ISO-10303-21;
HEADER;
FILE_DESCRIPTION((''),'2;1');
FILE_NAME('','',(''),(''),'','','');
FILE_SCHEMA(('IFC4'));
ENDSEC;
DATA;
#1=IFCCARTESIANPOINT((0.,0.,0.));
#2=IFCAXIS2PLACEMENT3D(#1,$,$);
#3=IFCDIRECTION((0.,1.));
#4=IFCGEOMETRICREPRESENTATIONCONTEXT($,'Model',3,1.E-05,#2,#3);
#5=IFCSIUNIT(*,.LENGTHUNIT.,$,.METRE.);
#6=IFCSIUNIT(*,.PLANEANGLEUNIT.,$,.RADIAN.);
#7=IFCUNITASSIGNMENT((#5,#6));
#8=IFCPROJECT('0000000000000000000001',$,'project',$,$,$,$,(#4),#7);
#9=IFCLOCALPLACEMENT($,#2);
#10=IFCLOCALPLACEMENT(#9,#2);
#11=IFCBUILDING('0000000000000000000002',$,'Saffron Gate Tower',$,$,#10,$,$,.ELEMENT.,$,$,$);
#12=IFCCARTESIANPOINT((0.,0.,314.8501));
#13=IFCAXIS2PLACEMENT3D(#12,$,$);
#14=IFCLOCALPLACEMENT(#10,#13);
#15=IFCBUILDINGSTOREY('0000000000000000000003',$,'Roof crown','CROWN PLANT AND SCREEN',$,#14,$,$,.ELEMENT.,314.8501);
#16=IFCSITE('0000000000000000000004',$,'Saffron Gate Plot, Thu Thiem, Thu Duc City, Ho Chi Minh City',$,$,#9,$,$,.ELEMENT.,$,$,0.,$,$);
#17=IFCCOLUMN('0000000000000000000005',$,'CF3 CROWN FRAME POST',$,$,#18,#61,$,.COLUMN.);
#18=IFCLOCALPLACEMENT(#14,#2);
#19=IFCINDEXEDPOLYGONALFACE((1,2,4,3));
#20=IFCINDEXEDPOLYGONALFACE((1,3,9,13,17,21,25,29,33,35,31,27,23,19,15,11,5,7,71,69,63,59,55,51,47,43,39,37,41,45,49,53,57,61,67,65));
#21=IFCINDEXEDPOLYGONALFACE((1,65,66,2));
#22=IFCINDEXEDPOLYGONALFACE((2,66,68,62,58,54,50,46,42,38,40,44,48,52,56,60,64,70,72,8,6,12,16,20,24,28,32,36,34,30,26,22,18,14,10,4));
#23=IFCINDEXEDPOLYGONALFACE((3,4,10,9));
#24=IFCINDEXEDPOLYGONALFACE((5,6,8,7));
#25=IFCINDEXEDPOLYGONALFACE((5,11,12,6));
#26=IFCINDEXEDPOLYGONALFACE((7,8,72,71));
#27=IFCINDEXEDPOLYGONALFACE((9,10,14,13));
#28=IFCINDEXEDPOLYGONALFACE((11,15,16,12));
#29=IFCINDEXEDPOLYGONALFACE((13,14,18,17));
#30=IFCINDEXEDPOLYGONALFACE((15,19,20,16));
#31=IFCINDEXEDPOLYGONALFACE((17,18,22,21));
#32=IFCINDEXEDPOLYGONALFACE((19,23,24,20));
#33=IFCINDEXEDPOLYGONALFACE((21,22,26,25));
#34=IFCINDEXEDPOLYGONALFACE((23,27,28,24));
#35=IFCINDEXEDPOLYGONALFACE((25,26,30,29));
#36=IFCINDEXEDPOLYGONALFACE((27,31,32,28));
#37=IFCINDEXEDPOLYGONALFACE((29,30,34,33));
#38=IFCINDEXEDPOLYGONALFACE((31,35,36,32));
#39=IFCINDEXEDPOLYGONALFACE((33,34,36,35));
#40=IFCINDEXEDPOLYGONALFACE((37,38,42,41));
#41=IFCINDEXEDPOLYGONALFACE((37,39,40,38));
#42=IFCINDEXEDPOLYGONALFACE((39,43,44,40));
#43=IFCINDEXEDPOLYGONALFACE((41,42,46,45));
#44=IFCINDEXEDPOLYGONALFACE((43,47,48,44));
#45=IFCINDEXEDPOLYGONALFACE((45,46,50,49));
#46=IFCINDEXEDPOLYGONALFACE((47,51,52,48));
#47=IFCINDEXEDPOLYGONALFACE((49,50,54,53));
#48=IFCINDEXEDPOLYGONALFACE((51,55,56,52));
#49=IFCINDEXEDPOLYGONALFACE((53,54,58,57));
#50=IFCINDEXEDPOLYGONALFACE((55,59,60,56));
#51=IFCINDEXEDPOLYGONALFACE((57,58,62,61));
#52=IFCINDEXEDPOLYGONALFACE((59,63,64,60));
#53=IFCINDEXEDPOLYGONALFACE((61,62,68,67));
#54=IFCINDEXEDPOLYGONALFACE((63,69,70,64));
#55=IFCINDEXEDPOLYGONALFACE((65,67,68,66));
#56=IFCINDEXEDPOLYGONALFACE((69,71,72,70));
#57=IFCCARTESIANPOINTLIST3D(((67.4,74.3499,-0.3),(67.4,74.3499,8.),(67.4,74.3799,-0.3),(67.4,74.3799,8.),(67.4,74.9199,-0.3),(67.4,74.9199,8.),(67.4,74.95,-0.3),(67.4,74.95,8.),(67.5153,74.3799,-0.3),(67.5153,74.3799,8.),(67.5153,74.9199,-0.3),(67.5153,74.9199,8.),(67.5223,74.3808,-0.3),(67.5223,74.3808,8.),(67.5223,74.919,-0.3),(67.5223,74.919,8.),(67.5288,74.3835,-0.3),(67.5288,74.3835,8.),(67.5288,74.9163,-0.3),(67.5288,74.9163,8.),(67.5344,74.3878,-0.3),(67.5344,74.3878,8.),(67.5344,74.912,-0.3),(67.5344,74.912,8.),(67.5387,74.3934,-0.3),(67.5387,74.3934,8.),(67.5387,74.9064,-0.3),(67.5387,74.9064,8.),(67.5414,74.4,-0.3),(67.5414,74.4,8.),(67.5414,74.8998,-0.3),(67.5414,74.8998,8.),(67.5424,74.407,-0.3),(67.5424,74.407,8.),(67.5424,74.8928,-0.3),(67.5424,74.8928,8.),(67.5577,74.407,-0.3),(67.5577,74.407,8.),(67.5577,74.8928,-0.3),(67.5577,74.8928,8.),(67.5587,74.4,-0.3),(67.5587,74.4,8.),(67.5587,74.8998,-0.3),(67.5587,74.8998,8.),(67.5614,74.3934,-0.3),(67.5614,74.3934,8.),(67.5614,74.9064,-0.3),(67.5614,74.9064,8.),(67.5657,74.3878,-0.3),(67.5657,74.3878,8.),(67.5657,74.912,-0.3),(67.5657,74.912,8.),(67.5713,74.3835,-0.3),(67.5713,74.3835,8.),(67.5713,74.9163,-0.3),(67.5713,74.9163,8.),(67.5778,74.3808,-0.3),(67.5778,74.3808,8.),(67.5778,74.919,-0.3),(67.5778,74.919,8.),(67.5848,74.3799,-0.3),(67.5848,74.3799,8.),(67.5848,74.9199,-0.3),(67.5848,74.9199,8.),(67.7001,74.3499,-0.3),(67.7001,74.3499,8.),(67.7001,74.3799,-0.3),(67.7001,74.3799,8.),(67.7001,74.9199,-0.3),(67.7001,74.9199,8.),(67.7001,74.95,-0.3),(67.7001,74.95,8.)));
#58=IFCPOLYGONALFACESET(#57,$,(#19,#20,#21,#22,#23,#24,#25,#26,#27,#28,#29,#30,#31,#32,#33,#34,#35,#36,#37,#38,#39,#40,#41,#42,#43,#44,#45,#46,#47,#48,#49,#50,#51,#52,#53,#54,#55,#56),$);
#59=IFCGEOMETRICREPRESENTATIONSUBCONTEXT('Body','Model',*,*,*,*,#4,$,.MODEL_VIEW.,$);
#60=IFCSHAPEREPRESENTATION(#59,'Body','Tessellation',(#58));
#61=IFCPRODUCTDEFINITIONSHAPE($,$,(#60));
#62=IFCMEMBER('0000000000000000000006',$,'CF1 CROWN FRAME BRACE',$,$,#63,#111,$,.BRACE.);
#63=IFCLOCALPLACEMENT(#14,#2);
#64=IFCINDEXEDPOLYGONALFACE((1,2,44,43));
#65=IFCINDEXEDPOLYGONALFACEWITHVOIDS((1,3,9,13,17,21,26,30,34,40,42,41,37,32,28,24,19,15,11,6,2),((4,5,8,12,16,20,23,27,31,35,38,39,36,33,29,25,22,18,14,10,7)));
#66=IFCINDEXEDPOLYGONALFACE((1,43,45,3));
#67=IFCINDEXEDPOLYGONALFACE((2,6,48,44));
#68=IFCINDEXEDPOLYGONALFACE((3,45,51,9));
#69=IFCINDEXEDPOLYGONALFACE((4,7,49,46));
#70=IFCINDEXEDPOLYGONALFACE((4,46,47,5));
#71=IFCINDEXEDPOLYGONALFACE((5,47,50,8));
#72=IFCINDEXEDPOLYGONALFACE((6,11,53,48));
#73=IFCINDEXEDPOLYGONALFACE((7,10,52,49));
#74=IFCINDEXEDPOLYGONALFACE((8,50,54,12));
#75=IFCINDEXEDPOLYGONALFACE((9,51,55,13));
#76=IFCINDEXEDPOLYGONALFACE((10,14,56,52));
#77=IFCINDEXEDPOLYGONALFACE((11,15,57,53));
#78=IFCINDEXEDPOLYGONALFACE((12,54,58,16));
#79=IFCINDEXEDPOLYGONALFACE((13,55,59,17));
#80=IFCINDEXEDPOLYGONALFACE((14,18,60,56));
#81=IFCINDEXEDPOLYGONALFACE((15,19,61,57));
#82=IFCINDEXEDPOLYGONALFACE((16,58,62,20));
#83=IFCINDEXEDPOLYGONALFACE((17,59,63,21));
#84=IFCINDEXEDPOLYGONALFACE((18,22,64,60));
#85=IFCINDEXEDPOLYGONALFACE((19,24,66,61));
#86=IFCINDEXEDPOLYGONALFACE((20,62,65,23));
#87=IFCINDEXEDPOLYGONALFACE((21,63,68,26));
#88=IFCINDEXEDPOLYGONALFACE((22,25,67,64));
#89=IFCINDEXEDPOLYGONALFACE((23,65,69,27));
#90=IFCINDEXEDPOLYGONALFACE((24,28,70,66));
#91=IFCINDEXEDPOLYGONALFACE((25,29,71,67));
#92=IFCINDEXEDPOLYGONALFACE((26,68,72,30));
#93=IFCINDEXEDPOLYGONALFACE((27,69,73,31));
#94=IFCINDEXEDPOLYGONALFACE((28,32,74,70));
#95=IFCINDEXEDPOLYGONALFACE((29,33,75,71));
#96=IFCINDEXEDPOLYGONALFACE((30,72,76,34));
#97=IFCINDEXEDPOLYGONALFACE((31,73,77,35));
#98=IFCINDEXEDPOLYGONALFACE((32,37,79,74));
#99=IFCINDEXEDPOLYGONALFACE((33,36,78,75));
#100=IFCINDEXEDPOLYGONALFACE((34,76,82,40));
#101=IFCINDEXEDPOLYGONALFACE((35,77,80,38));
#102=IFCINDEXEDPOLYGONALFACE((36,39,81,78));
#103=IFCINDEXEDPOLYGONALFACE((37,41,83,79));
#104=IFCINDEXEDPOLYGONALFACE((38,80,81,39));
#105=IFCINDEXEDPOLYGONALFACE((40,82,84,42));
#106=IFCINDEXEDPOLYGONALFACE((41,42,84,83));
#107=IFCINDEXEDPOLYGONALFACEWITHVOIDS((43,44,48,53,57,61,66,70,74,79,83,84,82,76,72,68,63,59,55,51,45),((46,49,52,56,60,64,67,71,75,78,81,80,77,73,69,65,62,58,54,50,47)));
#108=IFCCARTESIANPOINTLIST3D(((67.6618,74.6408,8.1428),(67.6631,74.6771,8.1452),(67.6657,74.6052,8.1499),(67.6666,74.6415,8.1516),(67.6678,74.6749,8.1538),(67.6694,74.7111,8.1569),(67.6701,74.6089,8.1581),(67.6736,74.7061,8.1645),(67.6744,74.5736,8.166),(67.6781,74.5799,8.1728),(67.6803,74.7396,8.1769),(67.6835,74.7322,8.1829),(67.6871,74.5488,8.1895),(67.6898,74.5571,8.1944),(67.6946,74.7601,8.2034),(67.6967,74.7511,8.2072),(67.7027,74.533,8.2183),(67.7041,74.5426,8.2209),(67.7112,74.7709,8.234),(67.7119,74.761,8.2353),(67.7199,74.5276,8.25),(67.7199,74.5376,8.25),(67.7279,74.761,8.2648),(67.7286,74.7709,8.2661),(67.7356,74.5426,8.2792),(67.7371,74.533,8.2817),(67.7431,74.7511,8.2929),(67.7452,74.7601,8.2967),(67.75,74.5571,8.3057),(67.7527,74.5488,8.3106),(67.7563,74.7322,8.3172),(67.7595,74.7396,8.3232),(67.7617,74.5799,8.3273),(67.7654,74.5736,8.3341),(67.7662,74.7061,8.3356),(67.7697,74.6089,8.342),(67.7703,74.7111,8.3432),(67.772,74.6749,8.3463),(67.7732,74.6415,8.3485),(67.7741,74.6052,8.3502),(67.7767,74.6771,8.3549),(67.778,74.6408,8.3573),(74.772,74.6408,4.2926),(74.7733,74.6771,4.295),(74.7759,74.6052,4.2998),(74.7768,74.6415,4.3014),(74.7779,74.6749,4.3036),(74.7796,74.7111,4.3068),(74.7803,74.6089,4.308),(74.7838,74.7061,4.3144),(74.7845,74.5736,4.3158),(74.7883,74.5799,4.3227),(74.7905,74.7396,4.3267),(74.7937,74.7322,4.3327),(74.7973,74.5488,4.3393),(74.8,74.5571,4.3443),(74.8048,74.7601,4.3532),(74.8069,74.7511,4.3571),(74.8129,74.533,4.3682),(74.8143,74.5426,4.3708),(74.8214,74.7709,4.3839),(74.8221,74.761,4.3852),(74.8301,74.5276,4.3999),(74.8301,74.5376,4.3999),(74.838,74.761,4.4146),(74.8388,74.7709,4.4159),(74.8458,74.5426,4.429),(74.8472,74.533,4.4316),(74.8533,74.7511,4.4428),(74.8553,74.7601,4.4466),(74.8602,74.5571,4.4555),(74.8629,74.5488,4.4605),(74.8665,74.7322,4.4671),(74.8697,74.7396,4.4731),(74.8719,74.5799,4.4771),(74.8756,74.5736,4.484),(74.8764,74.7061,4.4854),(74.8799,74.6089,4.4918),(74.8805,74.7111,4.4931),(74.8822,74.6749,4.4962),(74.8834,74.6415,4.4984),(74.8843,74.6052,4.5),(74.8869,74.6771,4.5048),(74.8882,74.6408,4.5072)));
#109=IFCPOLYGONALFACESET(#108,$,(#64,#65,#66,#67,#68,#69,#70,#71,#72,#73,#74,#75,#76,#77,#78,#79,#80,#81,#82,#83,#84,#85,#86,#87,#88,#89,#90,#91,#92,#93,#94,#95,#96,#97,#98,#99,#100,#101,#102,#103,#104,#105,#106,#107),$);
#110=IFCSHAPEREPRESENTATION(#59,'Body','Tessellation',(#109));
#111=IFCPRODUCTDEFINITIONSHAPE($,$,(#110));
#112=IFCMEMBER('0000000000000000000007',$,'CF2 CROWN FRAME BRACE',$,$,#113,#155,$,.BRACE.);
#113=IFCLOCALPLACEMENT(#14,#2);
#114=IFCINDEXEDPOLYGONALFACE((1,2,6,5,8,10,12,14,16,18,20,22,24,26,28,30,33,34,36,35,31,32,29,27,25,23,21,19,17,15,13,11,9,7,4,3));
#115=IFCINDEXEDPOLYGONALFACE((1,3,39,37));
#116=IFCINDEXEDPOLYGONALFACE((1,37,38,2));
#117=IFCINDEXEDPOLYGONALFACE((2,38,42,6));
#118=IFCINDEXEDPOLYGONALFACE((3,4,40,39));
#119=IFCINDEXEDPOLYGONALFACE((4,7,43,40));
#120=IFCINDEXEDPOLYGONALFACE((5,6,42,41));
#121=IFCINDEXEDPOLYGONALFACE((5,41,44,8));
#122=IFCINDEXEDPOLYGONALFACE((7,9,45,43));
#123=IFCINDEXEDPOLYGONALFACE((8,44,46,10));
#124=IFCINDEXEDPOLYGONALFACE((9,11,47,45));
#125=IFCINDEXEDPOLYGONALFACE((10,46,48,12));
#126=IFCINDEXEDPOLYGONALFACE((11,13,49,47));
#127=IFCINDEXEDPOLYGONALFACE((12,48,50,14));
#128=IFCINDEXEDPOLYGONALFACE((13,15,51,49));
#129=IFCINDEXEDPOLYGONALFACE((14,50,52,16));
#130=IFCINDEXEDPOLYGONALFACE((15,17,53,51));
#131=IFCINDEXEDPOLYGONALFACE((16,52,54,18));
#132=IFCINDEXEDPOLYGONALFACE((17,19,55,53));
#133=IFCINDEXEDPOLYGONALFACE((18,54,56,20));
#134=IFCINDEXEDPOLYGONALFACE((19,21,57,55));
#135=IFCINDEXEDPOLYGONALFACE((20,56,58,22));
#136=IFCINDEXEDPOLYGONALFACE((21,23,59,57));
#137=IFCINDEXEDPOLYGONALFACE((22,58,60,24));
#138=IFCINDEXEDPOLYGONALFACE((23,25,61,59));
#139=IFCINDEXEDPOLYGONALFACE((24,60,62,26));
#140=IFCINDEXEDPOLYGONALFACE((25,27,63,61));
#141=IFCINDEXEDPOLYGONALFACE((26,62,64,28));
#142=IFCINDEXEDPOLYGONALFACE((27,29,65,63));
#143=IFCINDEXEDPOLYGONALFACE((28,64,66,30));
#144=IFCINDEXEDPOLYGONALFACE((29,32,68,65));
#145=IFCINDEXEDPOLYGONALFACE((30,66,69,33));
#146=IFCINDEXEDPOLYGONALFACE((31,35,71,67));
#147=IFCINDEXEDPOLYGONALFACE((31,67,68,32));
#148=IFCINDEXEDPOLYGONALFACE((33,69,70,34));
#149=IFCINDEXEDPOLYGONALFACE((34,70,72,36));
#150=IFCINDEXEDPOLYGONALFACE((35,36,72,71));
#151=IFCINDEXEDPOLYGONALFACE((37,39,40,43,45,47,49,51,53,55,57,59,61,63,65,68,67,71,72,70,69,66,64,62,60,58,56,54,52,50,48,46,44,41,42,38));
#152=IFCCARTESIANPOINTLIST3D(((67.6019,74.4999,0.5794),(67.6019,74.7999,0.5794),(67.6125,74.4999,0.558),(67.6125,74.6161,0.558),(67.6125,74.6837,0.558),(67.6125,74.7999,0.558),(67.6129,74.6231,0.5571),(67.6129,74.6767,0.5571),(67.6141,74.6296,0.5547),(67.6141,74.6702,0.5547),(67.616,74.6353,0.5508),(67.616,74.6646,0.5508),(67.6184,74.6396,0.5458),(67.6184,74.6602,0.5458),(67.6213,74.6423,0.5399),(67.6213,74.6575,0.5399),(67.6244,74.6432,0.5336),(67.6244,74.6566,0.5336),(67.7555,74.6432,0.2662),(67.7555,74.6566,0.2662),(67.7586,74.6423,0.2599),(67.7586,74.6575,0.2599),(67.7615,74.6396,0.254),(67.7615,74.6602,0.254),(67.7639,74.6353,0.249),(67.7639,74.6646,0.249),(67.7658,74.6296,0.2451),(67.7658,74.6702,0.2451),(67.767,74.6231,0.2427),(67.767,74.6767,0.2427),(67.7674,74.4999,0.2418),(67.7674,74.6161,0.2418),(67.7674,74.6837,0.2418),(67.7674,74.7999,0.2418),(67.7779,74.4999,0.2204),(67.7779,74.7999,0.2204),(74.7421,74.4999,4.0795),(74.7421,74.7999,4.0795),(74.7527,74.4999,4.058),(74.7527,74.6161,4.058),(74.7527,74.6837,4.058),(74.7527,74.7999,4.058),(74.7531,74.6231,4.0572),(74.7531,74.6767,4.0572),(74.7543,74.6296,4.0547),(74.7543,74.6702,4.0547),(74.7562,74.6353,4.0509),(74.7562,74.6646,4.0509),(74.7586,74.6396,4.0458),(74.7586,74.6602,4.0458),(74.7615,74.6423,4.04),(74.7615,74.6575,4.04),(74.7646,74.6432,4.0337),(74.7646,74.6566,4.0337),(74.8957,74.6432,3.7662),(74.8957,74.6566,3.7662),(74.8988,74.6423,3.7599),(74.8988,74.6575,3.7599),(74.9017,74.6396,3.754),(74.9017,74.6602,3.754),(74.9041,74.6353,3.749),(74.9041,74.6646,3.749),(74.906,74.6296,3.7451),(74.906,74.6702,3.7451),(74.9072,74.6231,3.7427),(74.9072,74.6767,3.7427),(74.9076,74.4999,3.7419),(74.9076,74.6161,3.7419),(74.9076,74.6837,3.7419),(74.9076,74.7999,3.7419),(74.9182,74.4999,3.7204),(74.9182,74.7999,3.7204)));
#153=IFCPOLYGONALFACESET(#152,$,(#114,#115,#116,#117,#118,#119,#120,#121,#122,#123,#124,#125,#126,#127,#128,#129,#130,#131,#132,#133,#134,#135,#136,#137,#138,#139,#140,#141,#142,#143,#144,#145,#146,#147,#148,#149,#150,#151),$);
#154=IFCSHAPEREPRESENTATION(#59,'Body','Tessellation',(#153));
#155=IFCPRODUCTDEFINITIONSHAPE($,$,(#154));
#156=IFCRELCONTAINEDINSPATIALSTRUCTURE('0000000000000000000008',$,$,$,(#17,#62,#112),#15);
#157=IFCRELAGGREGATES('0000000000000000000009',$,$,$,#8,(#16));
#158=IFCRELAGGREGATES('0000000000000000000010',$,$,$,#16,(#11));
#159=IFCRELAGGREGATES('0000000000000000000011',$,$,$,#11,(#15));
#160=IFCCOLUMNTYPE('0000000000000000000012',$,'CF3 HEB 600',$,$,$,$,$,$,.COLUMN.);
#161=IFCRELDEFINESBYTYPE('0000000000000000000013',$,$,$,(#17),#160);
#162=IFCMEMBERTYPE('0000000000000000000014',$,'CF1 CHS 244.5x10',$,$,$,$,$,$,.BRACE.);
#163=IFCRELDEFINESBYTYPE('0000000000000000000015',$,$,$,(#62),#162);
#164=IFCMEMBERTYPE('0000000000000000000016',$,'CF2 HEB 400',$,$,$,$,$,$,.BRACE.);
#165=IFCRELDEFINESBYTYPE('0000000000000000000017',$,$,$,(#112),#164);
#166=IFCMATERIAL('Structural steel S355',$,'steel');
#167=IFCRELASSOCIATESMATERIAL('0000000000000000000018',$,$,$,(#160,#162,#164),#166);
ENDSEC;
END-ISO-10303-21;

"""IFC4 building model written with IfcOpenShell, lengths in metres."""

from ifc_helpers import new_model, si_unit, direction, frame, origin, origin_2d, place, context, subcontext, project, spatial, hollow_circle, i_section, extrude, material, material_profile, profile_set, type_object, element, save


model = new_model("IFC4")

# Units and contexts
model_context = context("Model", 3, precision=1e-05, world=origin(), true_north=direction((0.0, 1.0)))
body_context = subcontext(model_context, "Body", "Model", "MODEL_VIEW")
ifc_project = project(units=[si_unit("LENGTHUNIT", "METRE"), si_unit("PLANEANGLEUNIT", "RADIAN")], contexts=[model_context])

# Site, building, storey
site_placement = place(None, origin())
site = spatial("IfcSite", under=ifc_project, at=site_placement, Name="Saffron Gate Plot, Thu Thiem, Thu Duc City, Ho Chi Minh City", CompositionType="ELEMENT", RefElevation=0.0)
building_placement = place(site_placement, origin())
building = spatial("IfcBuilding", under=site, at=building_placement, Name="Saffron Gate Tower", CompositionType="ELEMENT")
storey_placement = place(building_placement, frame((0.0, 0.0, 314.8501)))
storey = spatial("IfcBuildingStorey", under=building, at=storey_placement, Name="Roof crown", Description="CROWN PLANT AND SCREEN", CompositionType="ELEMENT", Elevation=314.8501)

# Column
ifc_material_1 = material(Name="Structural steel S355", Category="steel")
ifc_material_profile_1 = material_profile(ifc_material_1, i_section(OverallWidth=0.3, OverallDepth=0.6001, WebThickness=0.0154, FlangeThickness=0.03, FilletRadius=0.0271, at=origin_2d()))
ifc_profile_set_1 = profile_set([ifc_material_profile_1], Name="Structural steel S355")
column_type = type_object("IfcColumnType", Name="CF3 HEB 600", PredefinedType="COLUMN", material=ifc_profile_set_1)
column_placement = place(storey_placement, frame((67.55, 74.6499, -0.3), z_axis=(0.0, 0.0, 1.0), x_axis=(1.0, 0.0, 0.0)))
element("IfcColumn", 1, at=column_placement, inside=storey, type_object=column_type, Name="CF3 CROWN FRAME POST", PredefinedType="COLUMN", context=body_context, shape_type="SweptSolid", body=[
    extrude(i_section(OverallWidth=0.3, OverallDepth=0.6001, WebThickness=0.0154, FlangeThickness=0.03, FilletRadius=0.0271, at=origin_2d()), origin(), (0.0, 0.0, 1.0), 8.3),
])

# Members
ifc_material_profile_2 = material_profile(ifc_material_1, hollow_circle(Radius=0.1223, WallThickness=0.01, at=origin_2d()))
ifc_profile_set_2 = profile_set([ifc_material_profile_2], Name="Structural steel S355")
member_type_1 = type_object("IfcMemberType", Name="CF1 CHS 244.5x10", PredefinedType="BRACE", material=ifc_profile_set_2)
member_1_placement = place(storey_placement, frame((74.8301, 74.6499, 4.3999), z_axis=(-0.879355, 0.0, 0.476167), x_axis=(0.0, -1.0, 0.0)))
element("IfcMember", 2, at=member_1_placement, inside=storey, type_object=member_type_1, Name="CF1 CROWN FRAME BRACE", PredefinedType="BRACE", context=body_context, shape_type="SweptSolid", body=[
    extrude(hollow_circle(Radius=0.1223, WallThickness=0.01, at=origin_2d()), origin(), (0.0, 0.0, 1.0), 8.0857),
])
ifc_material_profile_3 = material_profile(ifc_material_1, i_section(OverallWidth=0.3, OverallDepth=0.3999, WebThickness=0.0134, FlangeThickness=0.0239, FilletRadius=0.0271, at=origin_2d()))
ifc_profile_set_3 = profile_set([ifc_material_profile_3], Name="Structural steel S355")
member_type_2 = type_object("IfcMemberType", Name="CF2 HEB 400", PredefinedType="BRACE", material=ifc_profile_set_3)
member_2_placement = place(storey_placement, frame((67.6899, 74.6499, 0.3999), z_axis=(0.897924, 0.0, 0.44015), x_axis=(0.0, 1.0, 0.0)))
element("IfcMember", 3, at=member_2_placement, inside=storey, type_object=member_type_2, Name="CF2 CROWN FRAME BRACE", PredefinedType="BRACE", context=body_context, shape_type="SweptSolid", body=[
    extrude(i_section(OverallWidth=0.3, OverallDepth=0.3999, WebThickness=0.0134, FlangeThickness=0.0239, FilletRadius=0.0271, at=origin_2d()), origin(), (0.0, 0.0, 1.0), 7.9519),
])

save(model, "model.ifc")
